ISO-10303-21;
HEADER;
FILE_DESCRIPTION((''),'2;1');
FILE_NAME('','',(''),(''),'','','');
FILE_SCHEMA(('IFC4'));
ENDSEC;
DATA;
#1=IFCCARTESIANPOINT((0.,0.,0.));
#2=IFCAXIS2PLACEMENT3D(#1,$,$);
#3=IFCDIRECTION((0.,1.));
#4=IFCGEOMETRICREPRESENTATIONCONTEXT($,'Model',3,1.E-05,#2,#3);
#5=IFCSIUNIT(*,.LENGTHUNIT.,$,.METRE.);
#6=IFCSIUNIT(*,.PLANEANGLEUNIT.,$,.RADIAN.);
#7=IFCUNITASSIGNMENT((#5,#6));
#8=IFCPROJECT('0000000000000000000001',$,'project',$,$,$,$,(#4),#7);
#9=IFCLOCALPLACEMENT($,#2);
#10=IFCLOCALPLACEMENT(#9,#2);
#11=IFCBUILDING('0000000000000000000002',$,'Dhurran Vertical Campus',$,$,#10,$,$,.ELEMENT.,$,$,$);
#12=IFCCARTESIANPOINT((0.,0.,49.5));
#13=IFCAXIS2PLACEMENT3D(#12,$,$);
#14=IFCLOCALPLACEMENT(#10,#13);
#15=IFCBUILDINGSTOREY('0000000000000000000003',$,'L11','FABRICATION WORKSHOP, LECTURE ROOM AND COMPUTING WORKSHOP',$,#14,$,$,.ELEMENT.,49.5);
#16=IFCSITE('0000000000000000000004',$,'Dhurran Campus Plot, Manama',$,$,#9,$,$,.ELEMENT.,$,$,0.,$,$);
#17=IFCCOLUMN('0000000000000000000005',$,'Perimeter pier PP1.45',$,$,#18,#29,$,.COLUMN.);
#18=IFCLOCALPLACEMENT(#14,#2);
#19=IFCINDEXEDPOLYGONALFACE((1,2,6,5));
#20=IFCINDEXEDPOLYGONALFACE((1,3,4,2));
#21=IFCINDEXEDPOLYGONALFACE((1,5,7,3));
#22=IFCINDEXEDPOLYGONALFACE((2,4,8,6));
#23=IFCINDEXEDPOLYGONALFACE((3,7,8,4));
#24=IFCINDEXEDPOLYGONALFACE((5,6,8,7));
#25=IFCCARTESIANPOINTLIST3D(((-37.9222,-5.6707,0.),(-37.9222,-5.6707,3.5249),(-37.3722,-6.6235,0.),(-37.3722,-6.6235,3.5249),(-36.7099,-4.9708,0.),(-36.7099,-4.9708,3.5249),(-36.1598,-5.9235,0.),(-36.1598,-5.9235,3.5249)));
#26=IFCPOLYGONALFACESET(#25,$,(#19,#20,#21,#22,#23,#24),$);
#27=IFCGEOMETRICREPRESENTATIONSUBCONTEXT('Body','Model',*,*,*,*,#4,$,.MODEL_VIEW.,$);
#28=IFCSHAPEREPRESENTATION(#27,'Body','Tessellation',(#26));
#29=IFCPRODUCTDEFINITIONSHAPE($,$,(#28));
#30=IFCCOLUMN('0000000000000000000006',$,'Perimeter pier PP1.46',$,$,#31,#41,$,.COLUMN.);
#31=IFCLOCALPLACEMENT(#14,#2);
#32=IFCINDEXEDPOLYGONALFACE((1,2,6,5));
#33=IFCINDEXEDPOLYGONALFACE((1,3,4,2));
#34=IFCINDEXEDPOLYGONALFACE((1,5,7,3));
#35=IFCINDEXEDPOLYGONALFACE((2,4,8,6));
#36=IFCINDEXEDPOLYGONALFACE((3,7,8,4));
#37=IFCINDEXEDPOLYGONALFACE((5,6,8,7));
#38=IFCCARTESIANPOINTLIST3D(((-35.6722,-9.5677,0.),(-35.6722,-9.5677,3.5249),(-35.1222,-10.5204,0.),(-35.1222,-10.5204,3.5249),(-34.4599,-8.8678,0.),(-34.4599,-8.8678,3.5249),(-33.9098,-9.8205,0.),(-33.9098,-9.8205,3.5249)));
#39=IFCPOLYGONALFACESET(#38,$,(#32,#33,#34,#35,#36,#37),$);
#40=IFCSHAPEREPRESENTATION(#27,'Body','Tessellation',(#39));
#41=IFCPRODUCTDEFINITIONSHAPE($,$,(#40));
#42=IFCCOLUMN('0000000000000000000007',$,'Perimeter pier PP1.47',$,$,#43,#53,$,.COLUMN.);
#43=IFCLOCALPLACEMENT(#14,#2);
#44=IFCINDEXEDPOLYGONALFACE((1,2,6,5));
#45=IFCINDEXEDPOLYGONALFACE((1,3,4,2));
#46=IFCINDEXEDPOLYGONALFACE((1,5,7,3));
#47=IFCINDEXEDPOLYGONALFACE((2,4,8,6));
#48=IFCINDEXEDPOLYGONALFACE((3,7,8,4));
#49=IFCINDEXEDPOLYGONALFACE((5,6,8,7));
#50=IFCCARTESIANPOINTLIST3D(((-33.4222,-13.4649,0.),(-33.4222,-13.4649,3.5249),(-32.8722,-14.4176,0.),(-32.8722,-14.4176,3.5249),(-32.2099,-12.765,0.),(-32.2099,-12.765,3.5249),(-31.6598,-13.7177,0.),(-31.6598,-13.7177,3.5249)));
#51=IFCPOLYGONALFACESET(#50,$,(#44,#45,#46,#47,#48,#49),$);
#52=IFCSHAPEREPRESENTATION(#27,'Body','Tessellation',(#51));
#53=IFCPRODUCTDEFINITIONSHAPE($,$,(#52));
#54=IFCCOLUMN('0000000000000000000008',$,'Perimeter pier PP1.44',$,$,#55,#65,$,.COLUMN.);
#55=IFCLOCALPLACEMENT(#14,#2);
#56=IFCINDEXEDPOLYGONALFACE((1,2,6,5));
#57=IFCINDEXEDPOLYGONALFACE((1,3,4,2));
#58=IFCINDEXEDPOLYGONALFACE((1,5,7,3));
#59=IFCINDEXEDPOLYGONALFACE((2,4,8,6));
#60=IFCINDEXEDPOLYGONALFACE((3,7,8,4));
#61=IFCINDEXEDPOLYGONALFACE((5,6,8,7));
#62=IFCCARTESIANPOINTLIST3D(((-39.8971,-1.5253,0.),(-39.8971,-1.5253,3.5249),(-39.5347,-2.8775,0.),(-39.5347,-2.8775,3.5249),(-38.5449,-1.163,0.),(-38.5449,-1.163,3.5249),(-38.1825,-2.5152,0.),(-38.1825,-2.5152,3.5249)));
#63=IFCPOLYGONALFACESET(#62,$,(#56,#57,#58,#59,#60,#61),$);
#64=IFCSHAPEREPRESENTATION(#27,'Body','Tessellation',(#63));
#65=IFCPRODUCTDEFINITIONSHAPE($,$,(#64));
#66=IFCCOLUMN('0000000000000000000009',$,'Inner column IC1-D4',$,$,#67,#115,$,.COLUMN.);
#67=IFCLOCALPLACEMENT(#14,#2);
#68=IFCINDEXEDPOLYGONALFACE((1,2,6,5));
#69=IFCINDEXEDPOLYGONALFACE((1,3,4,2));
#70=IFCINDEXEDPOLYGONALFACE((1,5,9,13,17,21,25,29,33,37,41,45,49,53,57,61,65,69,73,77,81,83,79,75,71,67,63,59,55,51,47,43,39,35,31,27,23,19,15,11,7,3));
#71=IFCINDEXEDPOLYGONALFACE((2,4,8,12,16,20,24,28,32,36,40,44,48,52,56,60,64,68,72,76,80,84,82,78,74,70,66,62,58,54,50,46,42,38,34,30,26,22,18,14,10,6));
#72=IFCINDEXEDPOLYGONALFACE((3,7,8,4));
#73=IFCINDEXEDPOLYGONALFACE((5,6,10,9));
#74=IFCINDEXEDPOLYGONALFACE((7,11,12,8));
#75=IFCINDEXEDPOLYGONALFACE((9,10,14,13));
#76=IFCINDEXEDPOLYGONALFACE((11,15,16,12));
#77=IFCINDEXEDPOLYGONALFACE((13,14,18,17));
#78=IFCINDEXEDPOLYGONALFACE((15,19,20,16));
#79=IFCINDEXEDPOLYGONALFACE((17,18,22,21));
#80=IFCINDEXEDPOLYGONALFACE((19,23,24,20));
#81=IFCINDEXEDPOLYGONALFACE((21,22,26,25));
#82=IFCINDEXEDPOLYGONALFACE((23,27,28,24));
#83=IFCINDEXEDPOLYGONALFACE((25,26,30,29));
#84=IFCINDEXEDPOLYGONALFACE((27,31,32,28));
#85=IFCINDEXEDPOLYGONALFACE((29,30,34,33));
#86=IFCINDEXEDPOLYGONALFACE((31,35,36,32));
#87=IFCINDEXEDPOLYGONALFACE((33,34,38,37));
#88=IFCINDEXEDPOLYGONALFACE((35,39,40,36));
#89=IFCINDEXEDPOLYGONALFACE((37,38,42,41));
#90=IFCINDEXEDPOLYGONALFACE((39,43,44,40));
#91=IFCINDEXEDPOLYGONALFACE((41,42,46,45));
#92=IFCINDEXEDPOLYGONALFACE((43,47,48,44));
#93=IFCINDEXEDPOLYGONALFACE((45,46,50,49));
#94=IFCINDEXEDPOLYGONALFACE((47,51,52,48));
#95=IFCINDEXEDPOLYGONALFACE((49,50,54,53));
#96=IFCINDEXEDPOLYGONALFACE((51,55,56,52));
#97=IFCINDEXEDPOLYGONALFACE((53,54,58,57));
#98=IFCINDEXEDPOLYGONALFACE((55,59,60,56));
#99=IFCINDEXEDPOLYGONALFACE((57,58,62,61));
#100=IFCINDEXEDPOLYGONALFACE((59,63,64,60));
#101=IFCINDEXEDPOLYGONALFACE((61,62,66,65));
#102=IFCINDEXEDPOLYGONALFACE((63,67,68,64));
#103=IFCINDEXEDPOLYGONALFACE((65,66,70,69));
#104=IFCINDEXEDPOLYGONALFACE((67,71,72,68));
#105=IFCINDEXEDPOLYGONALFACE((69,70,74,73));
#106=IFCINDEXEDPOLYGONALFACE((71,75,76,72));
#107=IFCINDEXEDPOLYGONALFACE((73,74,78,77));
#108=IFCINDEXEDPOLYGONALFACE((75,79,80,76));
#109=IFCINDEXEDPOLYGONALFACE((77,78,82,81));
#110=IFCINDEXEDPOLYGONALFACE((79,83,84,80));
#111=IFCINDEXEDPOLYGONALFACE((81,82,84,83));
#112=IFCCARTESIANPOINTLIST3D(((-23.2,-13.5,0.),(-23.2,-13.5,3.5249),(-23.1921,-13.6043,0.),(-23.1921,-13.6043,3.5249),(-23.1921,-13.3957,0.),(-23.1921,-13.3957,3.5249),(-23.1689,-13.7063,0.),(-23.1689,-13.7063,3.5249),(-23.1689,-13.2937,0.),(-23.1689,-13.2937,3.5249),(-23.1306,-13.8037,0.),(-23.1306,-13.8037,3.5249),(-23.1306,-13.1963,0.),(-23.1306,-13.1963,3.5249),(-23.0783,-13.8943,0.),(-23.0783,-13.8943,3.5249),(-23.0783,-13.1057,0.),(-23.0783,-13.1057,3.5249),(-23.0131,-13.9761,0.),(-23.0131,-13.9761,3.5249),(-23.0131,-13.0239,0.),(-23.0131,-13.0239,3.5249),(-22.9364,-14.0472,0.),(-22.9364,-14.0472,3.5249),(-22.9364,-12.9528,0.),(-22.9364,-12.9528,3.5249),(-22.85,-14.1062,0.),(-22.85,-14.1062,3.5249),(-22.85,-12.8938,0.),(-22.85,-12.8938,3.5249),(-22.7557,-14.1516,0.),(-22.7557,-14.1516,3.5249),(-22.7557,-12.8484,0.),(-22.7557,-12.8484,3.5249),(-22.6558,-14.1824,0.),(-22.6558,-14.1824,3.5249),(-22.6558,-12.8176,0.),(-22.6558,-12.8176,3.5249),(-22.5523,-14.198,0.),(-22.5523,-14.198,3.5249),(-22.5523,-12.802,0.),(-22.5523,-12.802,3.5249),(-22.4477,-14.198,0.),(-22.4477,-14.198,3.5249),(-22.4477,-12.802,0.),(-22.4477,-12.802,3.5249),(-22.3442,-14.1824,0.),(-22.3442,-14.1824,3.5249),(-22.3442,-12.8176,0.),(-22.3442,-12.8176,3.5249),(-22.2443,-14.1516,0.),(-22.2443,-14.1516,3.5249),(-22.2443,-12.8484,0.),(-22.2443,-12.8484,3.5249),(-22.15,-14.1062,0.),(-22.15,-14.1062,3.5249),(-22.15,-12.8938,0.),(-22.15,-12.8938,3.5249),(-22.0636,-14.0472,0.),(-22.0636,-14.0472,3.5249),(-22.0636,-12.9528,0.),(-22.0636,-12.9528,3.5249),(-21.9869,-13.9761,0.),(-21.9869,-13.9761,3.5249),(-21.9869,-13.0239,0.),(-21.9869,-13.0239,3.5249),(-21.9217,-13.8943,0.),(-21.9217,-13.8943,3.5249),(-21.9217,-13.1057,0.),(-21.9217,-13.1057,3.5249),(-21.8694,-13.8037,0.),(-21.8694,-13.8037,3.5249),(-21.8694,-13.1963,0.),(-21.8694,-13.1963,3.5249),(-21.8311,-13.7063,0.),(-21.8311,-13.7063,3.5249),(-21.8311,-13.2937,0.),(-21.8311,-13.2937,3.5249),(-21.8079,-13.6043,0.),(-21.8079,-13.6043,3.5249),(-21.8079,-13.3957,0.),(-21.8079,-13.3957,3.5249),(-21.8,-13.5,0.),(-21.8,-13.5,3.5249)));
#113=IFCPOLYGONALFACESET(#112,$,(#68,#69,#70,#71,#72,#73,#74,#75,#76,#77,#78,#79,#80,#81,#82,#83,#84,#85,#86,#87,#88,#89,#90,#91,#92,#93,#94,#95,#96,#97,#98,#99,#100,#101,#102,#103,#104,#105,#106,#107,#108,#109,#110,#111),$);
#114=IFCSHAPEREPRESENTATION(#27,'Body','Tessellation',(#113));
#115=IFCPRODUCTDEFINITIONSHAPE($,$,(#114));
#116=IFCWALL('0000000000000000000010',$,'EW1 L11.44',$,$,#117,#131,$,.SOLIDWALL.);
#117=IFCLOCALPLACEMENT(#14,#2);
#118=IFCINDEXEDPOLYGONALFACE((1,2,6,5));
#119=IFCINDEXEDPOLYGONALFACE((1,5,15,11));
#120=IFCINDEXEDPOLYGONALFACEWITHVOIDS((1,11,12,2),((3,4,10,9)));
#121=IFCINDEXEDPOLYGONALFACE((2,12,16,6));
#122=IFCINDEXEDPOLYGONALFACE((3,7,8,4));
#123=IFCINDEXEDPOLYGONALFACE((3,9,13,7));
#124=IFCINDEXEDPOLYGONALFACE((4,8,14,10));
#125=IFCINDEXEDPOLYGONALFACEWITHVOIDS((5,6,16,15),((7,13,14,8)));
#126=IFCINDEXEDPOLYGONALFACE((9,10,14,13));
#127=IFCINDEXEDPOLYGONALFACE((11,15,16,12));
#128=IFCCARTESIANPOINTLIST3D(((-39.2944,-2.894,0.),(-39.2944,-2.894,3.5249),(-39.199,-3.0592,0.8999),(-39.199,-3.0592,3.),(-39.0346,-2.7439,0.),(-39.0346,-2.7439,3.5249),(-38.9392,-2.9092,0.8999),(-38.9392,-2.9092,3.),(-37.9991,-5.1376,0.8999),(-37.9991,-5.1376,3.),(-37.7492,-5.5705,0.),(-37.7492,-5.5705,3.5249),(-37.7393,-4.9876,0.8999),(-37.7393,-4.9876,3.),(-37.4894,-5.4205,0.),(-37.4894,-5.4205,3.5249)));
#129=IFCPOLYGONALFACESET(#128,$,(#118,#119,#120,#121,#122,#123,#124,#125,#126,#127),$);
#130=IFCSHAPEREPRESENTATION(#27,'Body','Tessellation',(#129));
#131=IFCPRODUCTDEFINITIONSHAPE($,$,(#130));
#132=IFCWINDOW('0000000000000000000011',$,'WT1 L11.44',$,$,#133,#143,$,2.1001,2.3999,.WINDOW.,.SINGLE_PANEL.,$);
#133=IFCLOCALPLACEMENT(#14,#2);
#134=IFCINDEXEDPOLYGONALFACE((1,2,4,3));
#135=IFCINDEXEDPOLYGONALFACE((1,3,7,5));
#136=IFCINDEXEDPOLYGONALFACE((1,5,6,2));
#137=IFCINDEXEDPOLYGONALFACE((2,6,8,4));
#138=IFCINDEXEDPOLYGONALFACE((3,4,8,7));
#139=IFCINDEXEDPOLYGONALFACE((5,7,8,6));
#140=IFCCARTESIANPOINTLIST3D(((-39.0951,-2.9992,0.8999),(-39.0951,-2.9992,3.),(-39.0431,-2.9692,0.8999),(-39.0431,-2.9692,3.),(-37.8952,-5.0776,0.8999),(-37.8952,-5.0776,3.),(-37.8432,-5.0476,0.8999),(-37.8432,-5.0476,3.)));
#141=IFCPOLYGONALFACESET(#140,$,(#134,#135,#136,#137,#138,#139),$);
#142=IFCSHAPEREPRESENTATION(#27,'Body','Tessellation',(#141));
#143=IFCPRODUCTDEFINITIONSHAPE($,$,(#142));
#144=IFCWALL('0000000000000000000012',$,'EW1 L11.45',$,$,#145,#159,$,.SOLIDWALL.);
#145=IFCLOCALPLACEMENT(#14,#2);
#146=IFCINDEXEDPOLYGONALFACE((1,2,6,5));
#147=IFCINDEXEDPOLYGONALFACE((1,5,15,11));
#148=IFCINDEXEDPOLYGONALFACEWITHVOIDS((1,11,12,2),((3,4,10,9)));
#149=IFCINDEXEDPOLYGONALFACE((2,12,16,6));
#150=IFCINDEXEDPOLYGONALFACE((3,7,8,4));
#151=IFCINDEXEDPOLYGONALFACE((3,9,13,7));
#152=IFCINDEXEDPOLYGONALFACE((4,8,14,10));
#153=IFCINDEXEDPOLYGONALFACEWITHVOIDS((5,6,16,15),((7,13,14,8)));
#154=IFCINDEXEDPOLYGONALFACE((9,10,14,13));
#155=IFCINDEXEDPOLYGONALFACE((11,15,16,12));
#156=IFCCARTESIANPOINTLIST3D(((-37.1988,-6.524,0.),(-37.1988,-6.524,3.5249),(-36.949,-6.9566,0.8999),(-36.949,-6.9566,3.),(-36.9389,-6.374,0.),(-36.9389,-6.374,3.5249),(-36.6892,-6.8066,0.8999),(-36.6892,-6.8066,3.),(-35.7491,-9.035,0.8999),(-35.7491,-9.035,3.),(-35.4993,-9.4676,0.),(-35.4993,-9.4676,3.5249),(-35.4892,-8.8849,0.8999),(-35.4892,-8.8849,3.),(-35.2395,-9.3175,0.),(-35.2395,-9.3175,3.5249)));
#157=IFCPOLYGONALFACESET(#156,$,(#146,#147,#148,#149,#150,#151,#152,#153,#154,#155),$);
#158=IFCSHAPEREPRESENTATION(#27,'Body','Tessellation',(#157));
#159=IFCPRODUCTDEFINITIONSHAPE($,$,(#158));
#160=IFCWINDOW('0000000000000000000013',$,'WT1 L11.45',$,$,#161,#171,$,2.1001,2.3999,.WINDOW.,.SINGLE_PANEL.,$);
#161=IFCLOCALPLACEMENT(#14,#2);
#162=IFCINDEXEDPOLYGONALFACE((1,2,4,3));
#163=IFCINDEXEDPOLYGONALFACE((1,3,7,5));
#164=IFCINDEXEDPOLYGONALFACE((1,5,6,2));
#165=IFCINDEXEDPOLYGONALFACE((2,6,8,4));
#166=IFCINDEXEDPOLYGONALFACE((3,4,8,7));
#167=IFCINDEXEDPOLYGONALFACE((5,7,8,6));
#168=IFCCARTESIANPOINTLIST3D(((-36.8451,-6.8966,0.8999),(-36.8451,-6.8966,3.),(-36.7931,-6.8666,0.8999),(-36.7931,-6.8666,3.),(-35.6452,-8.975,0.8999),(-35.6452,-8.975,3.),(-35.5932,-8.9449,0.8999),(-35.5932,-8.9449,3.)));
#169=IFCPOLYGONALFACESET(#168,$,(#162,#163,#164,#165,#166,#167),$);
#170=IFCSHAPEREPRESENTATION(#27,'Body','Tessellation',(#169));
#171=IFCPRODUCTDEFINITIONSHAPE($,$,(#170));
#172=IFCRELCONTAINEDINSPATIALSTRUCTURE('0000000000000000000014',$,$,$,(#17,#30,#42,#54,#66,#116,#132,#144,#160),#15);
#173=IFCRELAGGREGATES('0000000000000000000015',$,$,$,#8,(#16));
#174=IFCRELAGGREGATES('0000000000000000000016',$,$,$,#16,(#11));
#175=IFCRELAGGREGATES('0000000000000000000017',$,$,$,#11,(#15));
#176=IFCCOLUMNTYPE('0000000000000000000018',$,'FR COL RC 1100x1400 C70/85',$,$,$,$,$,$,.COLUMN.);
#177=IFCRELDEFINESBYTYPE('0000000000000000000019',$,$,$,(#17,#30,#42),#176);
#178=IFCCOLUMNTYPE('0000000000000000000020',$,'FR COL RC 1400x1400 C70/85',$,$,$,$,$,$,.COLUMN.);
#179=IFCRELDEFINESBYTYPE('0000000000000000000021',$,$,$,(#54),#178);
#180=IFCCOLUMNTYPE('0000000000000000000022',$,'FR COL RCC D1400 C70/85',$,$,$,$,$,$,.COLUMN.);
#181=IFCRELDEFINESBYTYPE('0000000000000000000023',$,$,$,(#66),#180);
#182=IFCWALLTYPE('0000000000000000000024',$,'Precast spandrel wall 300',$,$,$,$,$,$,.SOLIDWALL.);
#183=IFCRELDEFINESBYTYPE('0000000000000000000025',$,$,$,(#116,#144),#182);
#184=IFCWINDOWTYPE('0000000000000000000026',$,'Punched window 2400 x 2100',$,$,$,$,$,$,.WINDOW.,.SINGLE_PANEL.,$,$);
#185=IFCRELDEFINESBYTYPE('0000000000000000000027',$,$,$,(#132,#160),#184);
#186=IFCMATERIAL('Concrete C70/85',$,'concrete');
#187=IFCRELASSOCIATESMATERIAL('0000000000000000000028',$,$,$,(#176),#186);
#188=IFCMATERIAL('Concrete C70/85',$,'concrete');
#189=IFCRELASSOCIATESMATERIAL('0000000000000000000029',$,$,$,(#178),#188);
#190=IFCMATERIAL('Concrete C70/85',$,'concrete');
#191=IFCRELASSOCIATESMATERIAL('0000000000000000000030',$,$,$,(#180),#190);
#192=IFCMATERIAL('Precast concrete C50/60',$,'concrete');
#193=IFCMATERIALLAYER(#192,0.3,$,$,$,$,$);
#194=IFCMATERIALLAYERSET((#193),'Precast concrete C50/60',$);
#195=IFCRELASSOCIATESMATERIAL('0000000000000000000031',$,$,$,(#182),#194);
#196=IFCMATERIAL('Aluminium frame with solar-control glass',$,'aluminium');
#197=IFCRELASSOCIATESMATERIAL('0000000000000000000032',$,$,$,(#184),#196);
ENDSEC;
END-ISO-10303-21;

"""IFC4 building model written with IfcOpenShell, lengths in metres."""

from ifc_helpers import new_model, si_unit, direction, frame, frame_2d, origin, origin_2d, place, context, subcontext, project, spatial, rectangle, circle, extrude, material, layer, layer_set, material_profile, profile_set, type_object, element, fill, save


model = new_model("IFC4")

# Units and contexts
model_context = context("Model", 3, precision=1e-05, world=origin(), true_north=direction((0.0, 1.0)))
body_context = subcontext(model_context, "Body", "Model", "MODEL_VIEW")
ifc_project = project(units=[si_unit("LENGTHUNIT", "METRE"), si_unit("PLANEANGLEUNIT", "RADIAN")], contexts=[model_context])

# Site, building, storey
site_placement = place(None, origin())
site = spatial("IfcSite", under=ifc_project, at=site_placement, Name="Dhurran Campus Plot, Manama", CompositionType="ELEMENT", RefElevation=0.0)
building_placement = place(site_placement, origin())
building = spatial("IfcBuilding", under=site, at=building_placement, Name="Dhurran Vertical Campus", CompositionType="ELEMENT")
storey_placement = place(building_placement, frame((0.0, 0.0, 49.5)))
storey = spatial("IfcBuildingStorey", under=building, at=storey_placement, Name="L11", Description="FABRICATION WORKSHOP, LECTURE ROOM AND COMPUTING WORKSHOP", CompositionType="ELEMENT", Elevation=49.5)

# Columns
ifc_material_1 = material(Name="Concrete C70/85", Category="concrete")
ifc_material_profile_1 = material_profile(ifc_material_1, rectangle(XDim=1.1001, YDim=1.3999, at=origin_2d()), Name="RC 1100x1400")
ifc_profile_set_1 = profile_set([ifc_material_profile_1], Name="Concrete C70/85")
column_type_1 = type_object("IfcColumnType", Name="FR COL RC 1100x1400 C70/85", PredefinedType="COLUMN", material=ifc_profile_set_1)
for number, where, z_axis, x_axis, name in (
    (1, (-37.041, -5.7971, 0.0), (0.0, 0.0, 1.0), (0.5, -0.866025, 0.0), "Perimeter pier PP1.45"),
    (2, (-34.791, -9.6941, 0.0), (0.0, 0.0, 1.0), (0.5, -0.866025, 0.0), "Perimeter pier PP1.46"),
    (3, (-32.541, -13.5913, 0.0), (0.0, 0.0, 1.0), (0.5, -0.866025, 0.0), "Perimeter pier PP1.47"),
):
    element("IfcColumn", number, at=place(storey_placement, frame(where, z_axis=z_axis, x_axis=x_axis)), inside=storey, type_object=column_type_1, Name=name, PredefinedType="COLUMN", context=body_context, shape_type="SweptSolid", body=[
        extrude(rectangle(XDim=1.1001, YDim=1.3999, at=origin_2d()), origin(), (0.0, 0.0, 1.0), 3.5249),
    ])
ifc_material_2 = material(Name="Concrete C70/85", Category="concrete")
ifc_material_profile_2 = material_profile(ifc_material_2, rectangle(XDim=1.3999, YDim=1.3999, at=origin_2d()), Name="RC 1400x1400")
ifc_profile_set_2 = profile_set([ifc_material_profile_2], Name="Concrete C70/85")
column_type_2 = type_object("IfcColumnType", Name="FR COL RC 1400x1400 C70/85", PredefinedType="COLUMN", material=ifc_profile_set_2)
column_1_placement = place(storey_placement, frame((-39.0398, -2.0203, 0.0), z_axis=(0.0, 0.0, 1.0), x_axis=(0.258819, -0.965926, 0.0)))
element("IfcColumn", 4, at=column_1_placement, inside=storey, type_object=column_type_2, Name="Perimeter pier PP1.44", PredefinedType="COLUMN", context=body_context, shape_type="SweptSolid", body=[
    extrude(rectangle(XDim=1.3999, YDim=1.3999, at=origin_2d()), origin(), (0.0, 0.0, 1.0), 3.5249),
])
ifc_material_3 = material(Name="Concrete C70/85", Category="concrete")
ifc_material_profile_3 = material_profile(ifc_material_3, circle(Radius=0.7, at=origin_2d()), Name="RCC D1400")
ifc_profile_set_3 = profile_set([ifc_material_profile_3], Name="Concrete C70/85")
column_type_3 = type_object("IfcColumnType", Name="FR COL RCC D1400 C70/85", PredefinedType="COLUMN", material=ifc_profile_set_3)
column_2_placement = place(storey_placement, frame((-22.5, -13.5, 0.0), z_axis=(0.0, 0.0, 1.0), x_axis=(1.0, 0.0, 0.0)))
element("IfcColumn", 5, at=column_2_placement, inside=storey, type_object=column_type_3, Name="Inner column IC1-D4", PredefinedType="COLUMN", context=body_context, shape_type="SweptSolid", body=[
    extrude(circle(Radius=0.7, at=origin_2d()), origin(), (0.0, 0.0, 1.0), 3.5249),
])

# Walls, openings, windows
ifc_material_4 = material(Name="Precast concrete C50/60", Category="concrete")
ifc_layer_1 = layer(ifc_material_4, 0.3)
ifc_layer_set_1 = layer_set([ifc_layer_1], Name="Precast concrete C50/60")
wall_type_1 = type_object("IfcWallType", Name="Precast spandrel wall 300", PredefinedType="SOLIDWALL", material=ifc_layer_set_1)
wall_1_placement = place(storey_placement, frame((-39.1646, -2.8188, 0.0), z_axis=(0.0, 0.0, 1.0), x_axis=(0.499971, -0.866042, 0.0)))
wall_1 = element("IfcWall", 6, at=wall_1_placement, inside=storey, type_object=wall_type_1, Name="EW1 L11.44", PredefinedType="SOLIDWALL", context=body_context, shape_type="SweptSolid", body=[
    extrude(rectangle(XDim=3.0906, YDim=0.3, at=frame_2d((1.5454, 0.0))), origin(), (0.0, 0.0, 1.0), 3.5249),
])
opening_1_placement = place(wall_1_placement, frame((0.1909, 0.0, 0.8999)))
opening_1 = element("IfcOpeningElement", 7, at=opening_1_placement, cuts=wall_1, PredefinedType="OPENING", context=body_context, shape_type="SweptSolid", body=[
    extrude(rectangle(XDim=2.3999, YDim=2.1001, at=frame_2d((1.2, 1.05))), frame((0.0, 0.1599, 0.0), z_axis=(0.0, -1.0, 0.0), x_axis=(1.0, 0.0, 0.0)), (0.0, 0.0, 1.0), 0.3201),
])
ifc_material_5 = material(Name="Aluminium frame with solar-control glass", Category="aluminium")
window_type = type_object("IfcWindowType", Name="Punched window 2400 x 2100", PartitioningType="SINGLE_PANEL", PredefinedType="WINDOW", material=ifc_material_5)
window_1_placement = place(opening_1_placement, origin())
window_1 = element("IfcWindow", 8, at=window_1_placement, inside=storey, type_object=window_type, Name="WT1 L11.44", OverallHeight=2.1001, OverallWidth=2.3999, PartitioningType="SINGLE_PANEL", PredefinedType="WINDOW", context=body_context, shape_type="SweptSolid", body=[
    extrude(rectangle(XDim=2.3999, YDim=2.1001, at=frame_2d((1.2, 1.05))), frame((0.0, 0.03, 0.0), z_axis=(0.0, -1.0, 0.0), x_axis=(1.0, 0.0, 0.0)), (0.0, 0.0, 1.0), 0.0601),
])
fill(opening_1, window_1)
wall_2_placement = place(storey_placement, frame((-37.0688, -6.449, 0.0), z_axis=(0.0, 0.0, 1.0), x_axis=(0.499994, -0.866029, 0.0)))
wall_2 = element("IfcWall", 9, at=wall_2_placement, inside=storey, type_object=wall_type_1, Name="EW1 L11.45", PredefinedType="SOLIDWALL", context=body_context, shape_type="SweptSolid", body=[
    extrude(rectangle(XDim=3.3989, YDim=0.3, at=frame_2d((1.6995, 0.0))), origin(), (0.0, 0.0, 1.0), 3.5249),
])
opening_2_placement = place(wall_2_placement, frame((0.4995, 0.0, 0.8999)))
opening_2 = element("IfcOpeningElement", 10, at=opening_2_placement, cuts=wall_2, PredefinedType="OPENING", context=body_context, shape_type="SweptSolid", body=[
    extrude(rectangle(XDim=2.3999, YDim=2.1001, at=frame_2d((1.2, 1.05))), frame((0.0, 0.1599, 0.0), z_axis=(0.0, -1.0, 0.0), x_axis=(1.0, 0.0, 0.0)), (0.0, 0.0, 1.0), 0.3201),
])
window_2_placement = place(opening_2_placement, origin())
window_2 = element("IfcWindow", 11, at=window_2_placement, inside=storey, type_object=window_type, Name="WT1 L11.45", OverallHeight=2.1001, OverallWidth=2.3999, PartitioningType="SINGLE_PANEL", PredefinedType="WINDOW", context=body_context, shape_type="SweptSolid", body=[
    extrude(rectangle(XDim=2.3999, YDim=2.1001, at=frame_2d((1.2, 1.05))), frame((0.0, 0.03, 0.0), z_axis=(0.0, -1.0, 0.0), x_axis=(1.0, 0.0, 0.0)), (0.0, 0.0, 1.0), 0.0601),
])
fill(opening_2, window_2)

save(model, "model.ifc")
